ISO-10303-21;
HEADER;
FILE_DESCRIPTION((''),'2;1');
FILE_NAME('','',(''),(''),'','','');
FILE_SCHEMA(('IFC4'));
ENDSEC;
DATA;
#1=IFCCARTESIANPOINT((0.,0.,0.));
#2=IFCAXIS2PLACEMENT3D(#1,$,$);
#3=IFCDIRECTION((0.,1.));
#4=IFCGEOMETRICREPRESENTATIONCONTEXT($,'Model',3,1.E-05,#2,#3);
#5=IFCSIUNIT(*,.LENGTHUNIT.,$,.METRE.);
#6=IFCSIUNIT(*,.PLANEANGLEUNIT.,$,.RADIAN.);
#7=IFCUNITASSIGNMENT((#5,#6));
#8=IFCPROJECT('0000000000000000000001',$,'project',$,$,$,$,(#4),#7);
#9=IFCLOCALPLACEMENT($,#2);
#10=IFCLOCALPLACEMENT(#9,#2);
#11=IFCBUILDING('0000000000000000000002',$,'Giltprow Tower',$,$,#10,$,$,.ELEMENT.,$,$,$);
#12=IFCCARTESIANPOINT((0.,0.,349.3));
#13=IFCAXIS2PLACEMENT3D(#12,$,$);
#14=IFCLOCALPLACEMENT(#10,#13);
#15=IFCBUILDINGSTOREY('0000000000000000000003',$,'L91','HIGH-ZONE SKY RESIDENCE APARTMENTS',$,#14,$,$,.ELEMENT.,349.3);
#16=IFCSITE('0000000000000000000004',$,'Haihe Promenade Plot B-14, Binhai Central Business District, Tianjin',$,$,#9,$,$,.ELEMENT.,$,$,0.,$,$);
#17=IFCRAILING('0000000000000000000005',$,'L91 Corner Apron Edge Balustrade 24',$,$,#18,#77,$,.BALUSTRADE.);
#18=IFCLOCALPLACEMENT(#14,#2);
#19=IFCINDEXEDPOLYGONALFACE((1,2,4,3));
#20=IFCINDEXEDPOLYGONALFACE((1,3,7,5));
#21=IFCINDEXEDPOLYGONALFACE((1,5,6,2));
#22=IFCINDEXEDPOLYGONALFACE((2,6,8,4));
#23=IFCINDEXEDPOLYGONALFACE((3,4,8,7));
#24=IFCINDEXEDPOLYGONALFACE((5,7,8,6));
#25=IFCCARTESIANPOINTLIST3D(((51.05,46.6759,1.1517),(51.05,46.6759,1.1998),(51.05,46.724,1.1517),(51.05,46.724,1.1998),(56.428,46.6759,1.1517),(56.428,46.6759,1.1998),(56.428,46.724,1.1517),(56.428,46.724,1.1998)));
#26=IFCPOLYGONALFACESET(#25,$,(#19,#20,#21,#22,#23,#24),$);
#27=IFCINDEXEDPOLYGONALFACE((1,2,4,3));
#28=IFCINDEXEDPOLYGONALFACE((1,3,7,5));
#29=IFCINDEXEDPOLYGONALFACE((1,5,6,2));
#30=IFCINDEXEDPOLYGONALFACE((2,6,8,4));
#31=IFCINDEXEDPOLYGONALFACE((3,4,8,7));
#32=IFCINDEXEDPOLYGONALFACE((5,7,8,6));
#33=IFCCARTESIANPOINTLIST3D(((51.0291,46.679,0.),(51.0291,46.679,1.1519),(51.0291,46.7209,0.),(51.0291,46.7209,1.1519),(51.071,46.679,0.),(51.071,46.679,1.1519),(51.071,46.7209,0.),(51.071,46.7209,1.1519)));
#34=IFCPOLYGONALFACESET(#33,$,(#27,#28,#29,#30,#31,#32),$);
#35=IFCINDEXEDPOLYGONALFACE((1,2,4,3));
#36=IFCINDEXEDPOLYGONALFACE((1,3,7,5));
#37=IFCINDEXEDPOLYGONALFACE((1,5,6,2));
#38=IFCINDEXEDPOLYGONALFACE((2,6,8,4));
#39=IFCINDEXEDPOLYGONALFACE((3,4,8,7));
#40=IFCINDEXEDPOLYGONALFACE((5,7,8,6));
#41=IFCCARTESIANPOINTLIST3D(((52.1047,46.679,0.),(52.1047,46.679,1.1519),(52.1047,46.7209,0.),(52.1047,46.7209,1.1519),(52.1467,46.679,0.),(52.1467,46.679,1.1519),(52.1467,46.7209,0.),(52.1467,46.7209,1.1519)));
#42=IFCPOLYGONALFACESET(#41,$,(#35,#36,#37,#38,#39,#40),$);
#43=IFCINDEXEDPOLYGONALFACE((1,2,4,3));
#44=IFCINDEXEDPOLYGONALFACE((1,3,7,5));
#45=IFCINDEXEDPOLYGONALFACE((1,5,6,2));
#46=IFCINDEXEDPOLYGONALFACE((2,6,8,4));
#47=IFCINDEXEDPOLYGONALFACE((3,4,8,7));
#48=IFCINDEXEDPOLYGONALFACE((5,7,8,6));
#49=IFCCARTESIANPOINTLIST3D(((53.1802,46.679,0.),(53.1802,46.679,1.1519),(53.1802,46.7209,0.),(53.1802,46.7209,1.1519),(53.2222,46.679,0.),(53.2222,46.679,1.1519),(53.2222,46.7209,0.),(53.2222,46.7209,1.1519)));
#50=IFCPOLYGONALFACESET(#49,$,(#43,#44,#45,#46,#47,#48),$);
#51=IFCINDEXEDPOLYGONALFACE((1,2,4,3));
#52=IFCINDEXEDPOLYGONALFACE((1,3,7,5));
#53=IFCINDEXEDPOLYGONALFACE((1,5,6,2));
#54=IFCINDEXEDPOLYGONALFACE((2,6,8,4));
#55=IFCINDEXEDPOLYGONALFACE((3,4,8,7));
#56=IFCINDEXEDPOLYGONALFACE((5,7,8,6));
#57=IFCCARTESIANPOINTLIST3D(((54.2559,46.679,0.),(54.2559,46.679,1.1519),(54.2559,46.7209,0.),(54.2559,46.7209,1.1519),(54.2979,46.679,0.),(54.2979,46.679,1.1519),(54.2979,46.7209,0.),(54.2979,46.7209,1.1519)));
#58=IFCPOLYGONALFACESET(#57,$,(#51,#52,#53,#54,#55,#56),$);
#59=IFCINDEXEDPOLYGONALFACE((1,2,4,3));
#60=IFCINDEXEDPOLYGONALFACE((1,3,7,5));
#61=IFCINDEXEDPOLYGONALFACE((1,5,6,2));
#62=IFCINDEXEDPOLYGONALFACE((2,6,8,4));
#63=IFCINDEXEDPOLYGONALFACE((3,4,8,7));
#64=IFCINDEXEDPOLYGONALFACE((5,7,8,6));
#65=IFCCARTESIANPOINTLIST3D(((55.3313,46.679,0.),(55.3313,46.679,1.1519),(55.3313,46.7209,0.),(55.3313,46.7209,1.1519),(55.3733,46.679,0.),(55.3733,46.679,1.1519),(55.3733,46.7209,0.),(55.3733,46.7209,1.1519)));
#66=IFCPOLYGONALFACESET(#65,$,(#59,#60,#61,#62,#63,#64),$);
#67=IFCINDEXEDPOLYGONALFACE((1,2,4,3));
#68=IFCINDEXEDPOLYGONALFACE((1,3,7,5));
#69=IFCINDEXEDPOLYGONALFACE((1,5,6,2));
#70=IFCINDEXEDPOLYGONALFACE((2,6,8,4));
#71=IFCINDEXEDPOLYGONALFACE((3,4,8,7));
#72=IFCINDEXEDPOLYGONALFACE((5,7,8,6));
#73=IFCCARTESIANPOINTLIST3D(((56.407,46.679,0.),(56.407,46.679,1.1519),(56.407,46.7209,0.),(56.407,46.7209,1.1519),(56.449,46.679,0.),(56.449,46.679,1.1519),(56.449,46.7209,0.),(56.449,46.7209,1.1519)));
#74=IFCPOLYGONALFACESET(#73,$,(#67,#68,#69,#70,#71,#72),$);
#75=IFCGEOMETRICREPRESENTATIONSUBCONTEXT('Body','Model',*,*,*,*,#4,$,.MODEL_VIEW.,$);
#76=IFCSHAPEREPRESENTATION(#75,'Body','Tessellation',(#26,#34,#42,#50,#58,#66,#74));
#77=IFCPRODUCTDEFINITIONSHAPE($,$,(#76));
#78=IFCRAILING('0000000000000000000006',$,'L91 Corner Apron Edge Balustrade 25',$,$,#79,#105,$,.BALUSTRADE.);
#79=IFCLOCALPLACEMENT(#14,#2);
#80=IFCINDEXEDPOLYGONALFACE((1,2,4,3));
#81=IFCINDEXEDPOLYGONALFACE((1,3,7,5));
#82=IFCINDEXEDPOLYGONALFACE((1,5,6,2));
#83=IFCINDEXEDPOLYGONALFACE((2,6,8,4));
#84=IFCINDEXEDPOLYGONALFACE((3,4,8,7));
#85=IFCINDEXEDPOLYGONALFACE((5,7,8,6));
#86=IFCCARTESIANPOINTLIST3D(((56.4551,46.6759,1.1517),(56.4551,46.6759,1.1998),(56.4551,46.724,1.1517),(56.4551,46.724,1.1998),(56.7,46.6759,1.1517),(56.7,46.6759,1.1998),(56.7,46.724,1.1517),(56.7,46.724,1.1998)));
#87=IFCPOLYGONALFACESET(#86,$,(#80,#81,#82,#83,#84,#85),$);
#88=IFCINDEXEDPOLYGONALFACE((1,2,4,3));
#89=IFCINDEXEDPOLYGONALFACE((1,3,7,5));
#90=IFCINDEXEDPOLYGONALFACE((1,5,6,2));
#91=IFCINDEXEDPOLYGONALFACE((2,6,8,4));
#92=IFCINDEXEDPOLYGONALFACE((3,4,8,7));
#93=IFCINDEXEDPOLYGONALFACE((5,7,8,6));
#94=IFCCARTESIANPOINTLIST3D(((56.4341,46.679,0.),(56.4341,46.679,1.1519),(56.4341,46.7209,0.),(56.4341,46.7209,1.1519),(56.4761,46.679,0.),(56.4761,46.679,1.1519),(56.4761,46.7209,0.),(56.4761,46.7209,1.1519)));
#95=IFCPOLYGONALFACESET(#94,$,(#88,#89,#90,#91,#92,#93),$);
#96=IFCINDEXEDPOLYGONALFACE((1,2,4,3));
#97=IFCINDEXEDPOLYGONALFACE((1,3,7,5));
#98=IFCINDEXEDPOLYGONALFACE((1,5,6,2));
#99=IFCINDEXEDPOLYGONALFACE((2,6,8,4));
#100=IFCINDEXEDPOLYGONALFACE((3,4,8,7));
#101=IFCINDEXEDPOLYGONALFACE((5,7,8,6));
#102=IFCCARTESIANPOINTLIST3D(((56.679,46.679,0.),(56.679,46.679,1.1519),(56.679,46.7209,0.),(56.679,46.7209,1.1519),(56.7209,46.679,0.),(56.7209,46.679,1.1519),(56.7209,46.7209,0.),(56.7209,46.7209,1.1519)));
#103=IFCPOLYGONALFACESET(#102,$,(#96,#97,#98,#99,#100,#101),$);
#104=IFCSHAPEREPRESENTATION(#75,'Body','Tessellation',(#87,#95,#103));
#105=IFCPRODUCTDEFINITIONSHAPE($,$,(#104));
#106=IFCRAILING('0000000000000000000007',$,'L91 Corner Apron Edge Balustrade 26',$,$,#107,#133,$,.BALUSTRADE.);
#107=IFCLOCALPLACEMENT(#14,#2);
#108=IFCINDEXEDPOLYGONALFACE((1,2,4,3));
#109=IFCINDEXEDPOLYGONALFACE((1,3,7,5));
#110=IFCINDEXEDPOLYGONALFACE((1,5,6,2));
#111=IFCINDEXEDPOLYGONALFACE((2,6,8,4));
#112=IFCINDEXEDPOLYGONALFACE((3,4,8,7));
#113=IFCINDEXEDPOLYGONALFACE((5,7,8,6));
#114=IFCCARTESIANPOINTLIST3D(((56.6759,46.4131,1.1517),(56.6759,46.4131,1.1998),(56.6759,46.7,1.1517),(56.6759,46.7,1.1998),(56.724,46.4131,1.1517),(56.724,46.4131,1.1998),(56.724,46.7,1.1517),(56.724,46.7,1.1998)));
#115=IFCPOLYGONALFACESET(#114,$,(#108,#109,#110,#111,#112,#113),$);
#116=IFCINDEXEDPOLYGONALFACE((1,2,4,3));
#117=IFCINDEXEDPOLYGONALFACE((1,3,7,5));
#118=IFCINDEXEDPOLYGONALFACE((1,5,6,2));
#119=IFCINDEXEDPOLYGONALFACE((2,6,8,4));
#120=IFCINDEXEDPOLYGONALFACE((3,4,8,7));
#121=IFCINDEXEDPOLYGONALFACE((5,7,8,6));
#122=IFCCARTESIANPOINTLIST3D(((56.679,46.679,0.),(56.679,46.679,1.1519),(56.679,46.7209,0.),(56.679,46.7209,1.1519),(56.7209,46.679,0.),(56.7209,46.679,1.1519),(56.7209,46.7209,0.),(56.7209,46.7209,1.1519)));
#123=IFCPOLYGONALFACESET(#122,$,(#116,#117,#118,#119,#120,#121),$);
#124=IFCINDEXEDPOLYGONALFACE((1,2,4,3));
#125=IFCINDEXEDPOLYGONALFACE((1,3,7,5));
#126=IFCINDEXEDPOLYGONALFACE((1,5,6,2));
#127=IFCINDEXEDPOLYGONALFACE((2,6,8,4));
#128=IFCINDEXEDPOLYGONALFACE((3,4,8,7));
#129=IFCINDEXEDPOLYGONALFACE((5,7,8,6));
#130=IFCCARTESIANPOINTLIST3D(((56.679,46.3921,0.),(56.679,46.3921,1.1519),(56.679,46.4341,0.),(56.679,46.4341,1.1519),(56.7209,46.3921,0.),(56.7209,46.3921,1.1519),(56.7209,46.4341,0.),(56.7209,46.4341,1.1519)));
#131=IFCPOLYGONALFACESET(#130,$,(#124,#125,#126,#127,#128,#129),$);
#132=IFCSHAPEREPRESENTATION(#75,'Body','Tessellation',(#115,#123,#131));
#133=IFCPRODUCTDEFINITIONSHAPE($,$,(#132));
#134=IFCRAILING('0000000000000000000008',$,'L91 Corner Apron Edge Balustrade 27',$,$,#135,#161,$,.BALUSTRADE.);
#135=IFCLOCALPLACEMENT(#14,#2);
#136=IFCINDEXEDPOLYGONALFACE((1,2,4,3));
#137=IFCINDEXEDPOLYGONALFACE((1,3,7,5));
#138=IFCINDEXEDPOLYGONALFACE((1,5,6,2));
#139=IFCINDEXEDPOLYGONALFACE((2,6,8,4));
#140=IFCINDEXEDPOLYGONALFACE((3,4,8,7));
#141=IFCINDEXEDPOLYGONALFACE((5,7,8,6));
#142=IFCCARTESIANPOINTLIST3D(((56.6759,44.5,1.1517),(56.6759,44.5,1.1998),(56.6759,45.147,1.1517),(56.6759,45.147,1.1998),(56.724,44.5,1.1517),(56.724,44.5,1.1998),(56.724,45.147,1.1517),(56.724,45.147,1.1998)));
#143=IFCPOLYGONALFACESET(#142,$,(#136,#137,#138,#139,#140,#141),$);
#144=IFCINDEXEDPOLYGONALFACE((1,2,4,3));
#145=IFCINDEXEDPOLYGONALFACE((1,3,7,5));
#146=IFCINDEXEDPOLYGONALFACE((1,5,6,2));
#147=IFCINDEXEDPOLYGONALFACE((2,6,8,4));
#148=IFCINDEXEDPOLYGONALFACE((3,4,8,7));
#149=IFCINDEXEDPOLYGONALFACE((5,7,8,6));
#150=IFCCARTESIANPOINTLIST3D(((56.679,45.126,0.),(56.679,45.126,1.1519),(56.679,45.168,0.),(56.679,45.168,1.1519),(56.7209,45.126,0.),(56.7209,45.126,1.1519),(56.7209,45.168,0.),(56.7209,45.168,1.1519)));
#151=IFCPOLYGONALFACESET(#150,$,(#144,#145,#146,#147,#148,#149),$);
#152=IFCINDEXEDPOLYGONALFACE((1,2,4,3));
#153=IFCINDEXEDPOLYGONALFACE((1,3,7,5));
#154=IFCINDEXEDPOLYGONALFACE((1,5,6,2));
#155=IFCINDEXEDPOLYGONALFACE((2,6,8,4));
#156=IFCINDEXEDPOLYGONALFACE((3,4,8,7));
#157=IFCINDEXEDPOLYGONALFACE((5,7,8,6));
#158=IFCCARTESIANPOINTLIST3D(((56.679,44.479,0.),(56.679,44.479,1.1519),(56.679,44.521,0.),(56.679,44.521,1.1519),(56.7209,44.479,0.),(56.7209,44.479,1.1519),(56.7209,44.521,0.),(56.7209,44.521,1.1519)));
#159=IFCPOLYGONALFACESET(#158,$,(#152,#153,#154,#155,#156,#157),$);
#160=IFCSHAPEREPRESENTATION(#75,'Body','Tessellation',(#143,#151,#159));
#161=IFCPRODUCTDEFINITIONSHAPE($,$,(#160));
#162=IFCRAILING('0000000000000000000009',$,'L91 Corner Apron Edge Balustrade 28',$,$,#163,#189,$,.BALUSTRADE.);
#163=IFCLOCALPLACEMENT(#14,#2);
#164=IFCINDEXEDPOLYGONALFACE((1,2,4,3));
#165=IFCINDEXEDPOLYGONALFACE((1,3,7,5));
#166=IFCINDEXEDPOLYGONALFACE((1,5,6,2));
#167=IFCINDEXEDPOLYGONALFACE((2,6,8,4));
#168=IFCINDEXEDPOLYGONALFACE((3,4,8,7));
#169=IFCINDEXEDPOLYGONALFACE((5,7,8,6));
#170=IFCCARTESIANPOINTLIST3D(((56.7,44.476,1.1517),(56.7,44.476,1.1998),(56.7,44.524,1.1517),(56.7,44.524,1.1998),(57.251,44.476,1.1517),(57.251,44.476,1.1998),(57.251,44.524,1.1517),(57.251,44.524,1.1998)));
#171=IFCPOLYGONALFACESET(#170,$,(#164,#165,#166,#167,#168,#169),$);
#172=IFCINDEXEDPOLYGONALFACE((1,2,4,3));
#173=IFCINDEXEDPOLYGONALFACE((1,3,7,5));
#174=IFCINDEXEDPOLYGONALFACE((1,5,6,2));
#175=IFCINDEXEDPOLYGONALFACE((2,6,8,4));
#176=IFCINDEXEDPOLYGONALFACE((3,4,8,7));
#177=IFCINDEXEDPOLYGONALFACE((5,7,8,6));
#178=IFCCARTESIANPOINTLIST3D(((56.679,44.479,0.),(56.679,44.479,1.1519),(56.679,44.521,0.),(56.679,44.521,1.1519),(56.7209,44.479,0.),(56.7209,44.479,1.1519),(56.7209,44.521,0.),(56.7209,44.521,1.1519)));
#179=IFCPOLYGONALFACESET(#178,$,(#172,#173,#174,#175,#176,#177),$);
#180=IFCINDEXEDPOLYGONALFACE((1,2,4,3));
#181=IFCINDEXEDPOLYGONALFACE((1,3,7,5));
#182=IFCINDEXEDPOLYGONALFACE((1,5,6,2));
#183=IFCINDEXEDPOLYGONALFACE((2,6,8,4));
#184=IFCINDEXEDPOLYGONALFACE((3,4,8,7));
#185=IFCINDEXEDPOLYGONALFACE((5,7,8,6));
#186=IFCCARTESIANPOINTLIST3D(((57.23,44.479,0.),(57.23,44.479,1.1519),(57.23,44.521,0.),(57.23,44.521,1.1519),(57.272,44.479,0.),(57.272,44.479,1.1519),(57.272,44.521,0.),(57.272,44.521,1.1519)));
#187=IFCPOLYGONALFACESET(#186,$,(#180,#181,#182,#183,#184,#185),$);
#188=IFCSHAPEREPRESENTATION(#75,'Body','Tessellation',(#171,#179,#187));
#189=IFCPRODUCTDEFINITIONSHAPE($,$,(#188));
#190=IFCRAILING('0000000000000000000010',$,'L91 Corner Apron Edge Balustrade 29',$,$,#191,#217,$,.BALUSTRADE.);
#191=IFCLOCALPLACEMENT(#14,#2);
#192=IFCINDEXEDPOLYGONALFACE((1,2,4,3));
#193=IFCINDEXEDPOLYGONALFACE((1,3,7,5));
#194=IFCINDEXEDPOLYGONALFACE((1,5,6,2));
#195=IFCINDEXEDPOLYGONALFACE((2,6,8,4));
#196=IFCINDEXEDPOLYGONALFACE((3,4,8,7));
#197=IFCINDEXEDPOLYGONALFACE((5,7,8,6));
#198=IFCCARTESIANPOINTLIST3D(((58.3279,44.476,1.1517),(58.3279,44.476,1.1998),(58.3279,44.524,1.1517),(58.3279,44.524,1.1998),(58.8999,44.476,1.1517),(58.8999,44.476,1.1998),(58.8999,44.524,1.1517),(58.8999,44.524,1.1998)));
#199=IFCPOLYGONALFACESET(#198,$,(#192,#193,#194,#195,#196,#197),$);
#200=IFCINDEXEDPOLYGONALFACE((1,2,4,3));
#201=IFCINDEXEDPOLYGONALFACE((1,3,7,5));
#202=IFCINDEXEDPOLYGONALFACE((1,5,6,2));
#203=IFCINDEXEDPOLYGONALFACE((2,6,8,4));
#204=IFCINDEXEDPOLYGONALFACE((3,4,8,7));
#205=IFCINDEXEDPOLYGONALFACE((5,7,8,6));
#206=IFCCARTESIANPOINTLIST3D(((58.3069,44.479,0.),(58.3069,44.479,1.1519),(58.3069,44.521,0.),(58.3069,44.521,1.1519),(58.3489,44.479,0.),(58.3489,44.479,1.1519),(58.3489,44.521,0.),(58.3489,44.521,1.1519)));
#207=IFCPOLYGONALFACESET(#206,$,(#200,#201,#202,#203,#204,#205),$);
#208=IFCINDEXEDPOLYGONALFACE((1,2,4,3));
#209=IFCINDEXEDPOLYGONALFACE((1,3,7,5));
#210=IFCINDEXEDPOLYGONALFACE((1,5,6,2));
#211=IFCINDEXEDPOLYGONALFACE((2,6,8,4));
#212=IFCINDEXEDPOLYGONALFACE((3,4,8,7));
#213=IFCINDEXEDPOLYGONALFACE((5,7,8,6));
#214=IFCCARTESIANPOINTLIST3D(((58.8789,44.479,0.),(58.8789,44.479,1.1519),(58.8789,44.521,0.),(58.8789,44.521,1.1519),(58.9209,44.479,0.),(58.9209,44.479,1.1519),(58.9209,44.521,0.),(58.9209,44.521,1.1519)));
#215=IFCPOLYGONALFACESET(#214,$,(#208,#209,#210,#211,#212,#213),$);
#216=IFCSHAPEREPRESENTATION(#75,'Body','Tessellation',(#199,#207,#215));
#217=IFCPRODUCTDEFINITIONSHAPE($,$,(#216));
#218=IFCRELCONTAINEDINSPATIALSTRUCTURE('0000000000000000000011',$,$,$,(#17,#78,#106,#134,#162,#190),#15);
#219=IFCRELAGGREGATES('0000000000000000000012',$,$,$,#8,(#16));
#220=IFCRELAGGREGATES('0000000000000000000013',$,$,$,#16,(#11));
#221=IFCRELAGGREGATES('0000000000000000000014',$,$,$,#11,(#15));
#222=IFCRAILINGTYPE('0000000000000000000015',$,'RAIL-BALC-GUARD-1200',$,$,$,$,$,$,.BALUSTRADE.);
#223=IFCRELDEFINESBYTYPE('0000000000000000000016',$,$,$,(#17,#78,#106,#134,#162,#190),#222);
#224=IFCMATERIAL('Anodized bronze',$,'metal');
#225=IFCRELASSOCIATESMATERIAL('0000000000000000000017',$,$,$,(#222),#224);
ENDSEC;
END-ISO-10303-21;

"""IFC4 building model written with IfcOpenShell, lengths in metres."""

from ifc_helpers import new_model, si_unit, direction, frame, origin, origin_2d, place, context, subcontext, project, spatial, rectangle, extrude, material, type_object, element, save


model = new_model("IFC4")

# Units and contexts
model_context = context("Model", 3, precision=1e-05, world=origin(), true_north=direction((0.0, 1.0)))
body_context = subcontext(model_context, "Body", "Model", "MODEL_VIEW")
ifc_project = project(units=[si_unit("LENGTHUNIT", "METRE"), si_unit("PLANEANGLEUNIT", "RADIAN")], contexts=[model_context])

# Site, building, storey
site_placement = place(None, origin())
site = spatial("IfcSite", under=ifc_project, at=site_placement, Name="Haihe Promenade Plot B-14, Binhai Central Business District, Tianjin", CompositionType="ELEMENT", RefElevation=0.0)
building_placement = place(site_placement, origin())
building = spatial("IfcBuilding", under=site, at=building_placement, Name="Giltprow Tower", CompositionType="ELEMENT")
storey_placement = place(building_placement, frame((0.0, 0.0, 349.3)))
storey = spatial("IfcBuildingStorey", under=building, at=storey_placement, Name="L91", Description="HIGH-ZONE SKY RESIDENCE APARTMENTS", CompositionType="ELEMENT", Elevation=349.3)

# Railings
ifc_material_1 = material(Name="Anodized bronze", Category="metal")
railing_type = type_object("IfcRailingType", Name="RAIL-BALC-GUARD-1200", PredefinedType="BALUSTRADE", material=ifc_material_1)
railing_1_placement = place(storey_placement, frame((51.05, 46.7, 0.0)))
element("IfcRailing", 1, at=railing_1_placement, inside=storey, type_object=railing_type, Name="L91 Corner Apron Edge Balustrade 24", PredefinedType="BALUSTRADE", context=body_context, shape_type="SweptSolid", body=[
    extrude(rectangle(XDim=0.0481, YDim=0.0481, at=origin_2d()), frame((0.0, 0.0, 1.1758), z_axis=(1.0, 0.0, 0.0), x_axis=(0.0, 1.0, 0.0)), (0.0, 0.0, 1.0), 5.3779),
    extrude(rectangle(XDim=0.042, YDim=0.042, at=origin_2d()), origin(), (0.0, 0.0, 1.0), 1.1519),
    extrude(rectangle(XDim=0.042, YDim=0.042, at=origin_2d()), frame((1.0757, 0.0, 0.0)), (0.0, 0.0, 1.0), 1.1519),
    extrude(rectangle(XDim=0.042, YDim=0.042, at=origin_2d()), frame((2.1511, 0.0, 0.0)), (0.0, 0.0, 1.0), 1.1519),
    extrude(rectangle(XDim=0.042, YDim=0.042, at=origin_2d()), frame((3.2268, 0.0, 0.0)), (0.0, 0.0, 1.0), 1.1519),
    extrude(rectangle(XDim=0.042, YDim=0.042, at=origin_2d()), frame((4.3022, 0.0, 0.0)), (0.0, 0.0, 1.0), 1.1519),
    extrude(rectangle(XDim=0.042, YDim=0.042, at=origin_2d()), frame((5.3779, 0.0, 0.0)), (0.0, 0.0, 1.0), 1.1519),
])
railing_2_placement = place(storey_placement, frame((56.4551, 46.7, 0.0)))
element("IfcRailing", 2, at=railing_2_placement, inside=storey, type_object=railing_type, Name="L91 Corner Apron Edge Balustrade 25", PredefinedType="BALUSTRADE", context=body_context, shape_type="SweptSolid", body=[
    extrude(rectangle(XDim=0.0481, YDim=0.0481, at=origin_2d()), frame((0.0, 0.0, 1.1758), z_axis=(1.0, 0.0, 0.0), x_axis=(0.0, 1.0, 0.0)), (0.0, 0.0, 1.0), 0.2449),
    extrude(rectangle(XDim=0.042, YDim=0.042, at=origin_2d()), origin(), (0.0, 0.0, 1.0), 1.1519),
    extrude(rectangle(XDim=0.042, YDim=0.042, at=origin_2d()), frame((0.2449, 0.0, 0.0)), (0.0, 0.0, 1.0), 1.1519),
])
railing_3_placement = place(storey_placement, frame((56.7, 46.7, 0.0)))
element("IfcRailing", 3, at=railing_3_placement, inside=storey, type_object=railing_type, Name="L91 Corner Apron Edge Balustrade 26", PredefinedType="BALUSTRADE", context=body_context, shape_type="SweptSolid", body=[
    extrude(rectangle(XDim=0.0481, YDim=0.0481, at=origin_2d()), frame((0.0, 0.0, 1.1758), z_axis=(0.0, -1.0, 0.0), x_axis=(1.0, 0.0, 0.0)), (0.0, 0.0, 1.0), 0.2869),
    extrude(rectangle(XDim=0.042, YDim=0.042, at=origin_2d()), origin(), (0.0, 0.0, 1.0), 1.1519),
    extrude(rectangle(XDim=0.042, YDim=0.042, at=origin_2d()), frame((0.0, -0.2869, 0.0)), (0.0, 0.0, 1.0), 1.1519),
])
railing_4_placement = place(storey_placement, frame((56.7, 45.147, 0.0)))
element("IfcRailing", 4, at=railing_4_placement, inside=storey, type_object=railing_type, Name="L91 Corner Apron Edge Balustrade 27", PredefinedType="BALUSTRADE", context=body_context, shape_type="SweptSolid", body=[
    extrude(rectangle(XDim=0.0481, YDim=0.0481, at=origin_2d()), frame((0.0, 0.0, 1.1758), z_axis=(0.0, -1.0, 0.0), x_axis=(1.0, 0.0, 0.0)), (0.0, 0.0, 1.0), 0.647),
    extrude(rectangle(XDim=0.042, YDim=0.042, at=origin_2d()), origin(), (0.0, 0.0, 1.0), 1.1519),
    extrude(rectangle(XDim=0.042, YDim=0.042, at=origin_2d()), frame((0.0, -0.647, 0.0)), (0.0, 0.0, 1.0), 1.1519),
])
railing_5_placement = place(storey_placement, frame((56.7, 44.5, 0.0)))
element("IfcRailing", 5, at=railing_5_placement, inside=storey, type_object=railing_type, Name="L91 Corner Apron Edge Balustrade 28", PredefinedType="BALUSTRADE", context=body_context, shape_type="SweptSolid", body=[
    extrude(rectangle(XDim=0.0481, YDim=0.0481, at=origin_2d()), frame((0.0, 0.0, 1.1758), z_axis=(1.0, 0.0, 0.0), x_axis=(0.0, 1.0, 0.0)), (0.0, 0.0, 1.0), 0.551),
    extrude(rectangle(XDim=0.042, YDim=0.042, at=origin_2d()), origin(), (0.0, 0.0, 1.0), 1.1519),
    extrude(rectangle(XDim=0.042, YDim=0.042, at=origin_2d()), frame((0.551, 0.0, 0.0)), (0.0, 0.0, 1.0), 1.1519),
])
railing_6_placement = place(storey_placement, frame((58.3279, 44.5, 0.0)))
element("IfcRailing", 6, at=railing_6_placement, inside=storey, type_object=railing_type, Name="L91 Corner Apron Edge Balustrade 29", PredefinedType="BALUSTRADE", context=body_context, shape_type="SweptSolid", body=[
    extrude(rectangle(XDim=0.0481, YDim=0.0481, at=origin_2d()), frame((0.0, 0.0, 1.1758), z_axis=(1.0, 0.0, 0.0), x_axis=(0.0, 1.0, 0.0)), (0.0, 0.0, 1.0), 0.572),
    extrude(rectangle(XDim=0.042, YDim=0.042, at=origin_2d()), origin(), (0.0, 0.0, 1.0), 1.1519),
    extrude(rectangle(XDim=0.042, YDim=0.042, at=origin_2d()), frame((0.572, 0.0, 0.0)), (0.0, 0.0, 1.0), 1.1519),
])

save(model, "model.ifc")
